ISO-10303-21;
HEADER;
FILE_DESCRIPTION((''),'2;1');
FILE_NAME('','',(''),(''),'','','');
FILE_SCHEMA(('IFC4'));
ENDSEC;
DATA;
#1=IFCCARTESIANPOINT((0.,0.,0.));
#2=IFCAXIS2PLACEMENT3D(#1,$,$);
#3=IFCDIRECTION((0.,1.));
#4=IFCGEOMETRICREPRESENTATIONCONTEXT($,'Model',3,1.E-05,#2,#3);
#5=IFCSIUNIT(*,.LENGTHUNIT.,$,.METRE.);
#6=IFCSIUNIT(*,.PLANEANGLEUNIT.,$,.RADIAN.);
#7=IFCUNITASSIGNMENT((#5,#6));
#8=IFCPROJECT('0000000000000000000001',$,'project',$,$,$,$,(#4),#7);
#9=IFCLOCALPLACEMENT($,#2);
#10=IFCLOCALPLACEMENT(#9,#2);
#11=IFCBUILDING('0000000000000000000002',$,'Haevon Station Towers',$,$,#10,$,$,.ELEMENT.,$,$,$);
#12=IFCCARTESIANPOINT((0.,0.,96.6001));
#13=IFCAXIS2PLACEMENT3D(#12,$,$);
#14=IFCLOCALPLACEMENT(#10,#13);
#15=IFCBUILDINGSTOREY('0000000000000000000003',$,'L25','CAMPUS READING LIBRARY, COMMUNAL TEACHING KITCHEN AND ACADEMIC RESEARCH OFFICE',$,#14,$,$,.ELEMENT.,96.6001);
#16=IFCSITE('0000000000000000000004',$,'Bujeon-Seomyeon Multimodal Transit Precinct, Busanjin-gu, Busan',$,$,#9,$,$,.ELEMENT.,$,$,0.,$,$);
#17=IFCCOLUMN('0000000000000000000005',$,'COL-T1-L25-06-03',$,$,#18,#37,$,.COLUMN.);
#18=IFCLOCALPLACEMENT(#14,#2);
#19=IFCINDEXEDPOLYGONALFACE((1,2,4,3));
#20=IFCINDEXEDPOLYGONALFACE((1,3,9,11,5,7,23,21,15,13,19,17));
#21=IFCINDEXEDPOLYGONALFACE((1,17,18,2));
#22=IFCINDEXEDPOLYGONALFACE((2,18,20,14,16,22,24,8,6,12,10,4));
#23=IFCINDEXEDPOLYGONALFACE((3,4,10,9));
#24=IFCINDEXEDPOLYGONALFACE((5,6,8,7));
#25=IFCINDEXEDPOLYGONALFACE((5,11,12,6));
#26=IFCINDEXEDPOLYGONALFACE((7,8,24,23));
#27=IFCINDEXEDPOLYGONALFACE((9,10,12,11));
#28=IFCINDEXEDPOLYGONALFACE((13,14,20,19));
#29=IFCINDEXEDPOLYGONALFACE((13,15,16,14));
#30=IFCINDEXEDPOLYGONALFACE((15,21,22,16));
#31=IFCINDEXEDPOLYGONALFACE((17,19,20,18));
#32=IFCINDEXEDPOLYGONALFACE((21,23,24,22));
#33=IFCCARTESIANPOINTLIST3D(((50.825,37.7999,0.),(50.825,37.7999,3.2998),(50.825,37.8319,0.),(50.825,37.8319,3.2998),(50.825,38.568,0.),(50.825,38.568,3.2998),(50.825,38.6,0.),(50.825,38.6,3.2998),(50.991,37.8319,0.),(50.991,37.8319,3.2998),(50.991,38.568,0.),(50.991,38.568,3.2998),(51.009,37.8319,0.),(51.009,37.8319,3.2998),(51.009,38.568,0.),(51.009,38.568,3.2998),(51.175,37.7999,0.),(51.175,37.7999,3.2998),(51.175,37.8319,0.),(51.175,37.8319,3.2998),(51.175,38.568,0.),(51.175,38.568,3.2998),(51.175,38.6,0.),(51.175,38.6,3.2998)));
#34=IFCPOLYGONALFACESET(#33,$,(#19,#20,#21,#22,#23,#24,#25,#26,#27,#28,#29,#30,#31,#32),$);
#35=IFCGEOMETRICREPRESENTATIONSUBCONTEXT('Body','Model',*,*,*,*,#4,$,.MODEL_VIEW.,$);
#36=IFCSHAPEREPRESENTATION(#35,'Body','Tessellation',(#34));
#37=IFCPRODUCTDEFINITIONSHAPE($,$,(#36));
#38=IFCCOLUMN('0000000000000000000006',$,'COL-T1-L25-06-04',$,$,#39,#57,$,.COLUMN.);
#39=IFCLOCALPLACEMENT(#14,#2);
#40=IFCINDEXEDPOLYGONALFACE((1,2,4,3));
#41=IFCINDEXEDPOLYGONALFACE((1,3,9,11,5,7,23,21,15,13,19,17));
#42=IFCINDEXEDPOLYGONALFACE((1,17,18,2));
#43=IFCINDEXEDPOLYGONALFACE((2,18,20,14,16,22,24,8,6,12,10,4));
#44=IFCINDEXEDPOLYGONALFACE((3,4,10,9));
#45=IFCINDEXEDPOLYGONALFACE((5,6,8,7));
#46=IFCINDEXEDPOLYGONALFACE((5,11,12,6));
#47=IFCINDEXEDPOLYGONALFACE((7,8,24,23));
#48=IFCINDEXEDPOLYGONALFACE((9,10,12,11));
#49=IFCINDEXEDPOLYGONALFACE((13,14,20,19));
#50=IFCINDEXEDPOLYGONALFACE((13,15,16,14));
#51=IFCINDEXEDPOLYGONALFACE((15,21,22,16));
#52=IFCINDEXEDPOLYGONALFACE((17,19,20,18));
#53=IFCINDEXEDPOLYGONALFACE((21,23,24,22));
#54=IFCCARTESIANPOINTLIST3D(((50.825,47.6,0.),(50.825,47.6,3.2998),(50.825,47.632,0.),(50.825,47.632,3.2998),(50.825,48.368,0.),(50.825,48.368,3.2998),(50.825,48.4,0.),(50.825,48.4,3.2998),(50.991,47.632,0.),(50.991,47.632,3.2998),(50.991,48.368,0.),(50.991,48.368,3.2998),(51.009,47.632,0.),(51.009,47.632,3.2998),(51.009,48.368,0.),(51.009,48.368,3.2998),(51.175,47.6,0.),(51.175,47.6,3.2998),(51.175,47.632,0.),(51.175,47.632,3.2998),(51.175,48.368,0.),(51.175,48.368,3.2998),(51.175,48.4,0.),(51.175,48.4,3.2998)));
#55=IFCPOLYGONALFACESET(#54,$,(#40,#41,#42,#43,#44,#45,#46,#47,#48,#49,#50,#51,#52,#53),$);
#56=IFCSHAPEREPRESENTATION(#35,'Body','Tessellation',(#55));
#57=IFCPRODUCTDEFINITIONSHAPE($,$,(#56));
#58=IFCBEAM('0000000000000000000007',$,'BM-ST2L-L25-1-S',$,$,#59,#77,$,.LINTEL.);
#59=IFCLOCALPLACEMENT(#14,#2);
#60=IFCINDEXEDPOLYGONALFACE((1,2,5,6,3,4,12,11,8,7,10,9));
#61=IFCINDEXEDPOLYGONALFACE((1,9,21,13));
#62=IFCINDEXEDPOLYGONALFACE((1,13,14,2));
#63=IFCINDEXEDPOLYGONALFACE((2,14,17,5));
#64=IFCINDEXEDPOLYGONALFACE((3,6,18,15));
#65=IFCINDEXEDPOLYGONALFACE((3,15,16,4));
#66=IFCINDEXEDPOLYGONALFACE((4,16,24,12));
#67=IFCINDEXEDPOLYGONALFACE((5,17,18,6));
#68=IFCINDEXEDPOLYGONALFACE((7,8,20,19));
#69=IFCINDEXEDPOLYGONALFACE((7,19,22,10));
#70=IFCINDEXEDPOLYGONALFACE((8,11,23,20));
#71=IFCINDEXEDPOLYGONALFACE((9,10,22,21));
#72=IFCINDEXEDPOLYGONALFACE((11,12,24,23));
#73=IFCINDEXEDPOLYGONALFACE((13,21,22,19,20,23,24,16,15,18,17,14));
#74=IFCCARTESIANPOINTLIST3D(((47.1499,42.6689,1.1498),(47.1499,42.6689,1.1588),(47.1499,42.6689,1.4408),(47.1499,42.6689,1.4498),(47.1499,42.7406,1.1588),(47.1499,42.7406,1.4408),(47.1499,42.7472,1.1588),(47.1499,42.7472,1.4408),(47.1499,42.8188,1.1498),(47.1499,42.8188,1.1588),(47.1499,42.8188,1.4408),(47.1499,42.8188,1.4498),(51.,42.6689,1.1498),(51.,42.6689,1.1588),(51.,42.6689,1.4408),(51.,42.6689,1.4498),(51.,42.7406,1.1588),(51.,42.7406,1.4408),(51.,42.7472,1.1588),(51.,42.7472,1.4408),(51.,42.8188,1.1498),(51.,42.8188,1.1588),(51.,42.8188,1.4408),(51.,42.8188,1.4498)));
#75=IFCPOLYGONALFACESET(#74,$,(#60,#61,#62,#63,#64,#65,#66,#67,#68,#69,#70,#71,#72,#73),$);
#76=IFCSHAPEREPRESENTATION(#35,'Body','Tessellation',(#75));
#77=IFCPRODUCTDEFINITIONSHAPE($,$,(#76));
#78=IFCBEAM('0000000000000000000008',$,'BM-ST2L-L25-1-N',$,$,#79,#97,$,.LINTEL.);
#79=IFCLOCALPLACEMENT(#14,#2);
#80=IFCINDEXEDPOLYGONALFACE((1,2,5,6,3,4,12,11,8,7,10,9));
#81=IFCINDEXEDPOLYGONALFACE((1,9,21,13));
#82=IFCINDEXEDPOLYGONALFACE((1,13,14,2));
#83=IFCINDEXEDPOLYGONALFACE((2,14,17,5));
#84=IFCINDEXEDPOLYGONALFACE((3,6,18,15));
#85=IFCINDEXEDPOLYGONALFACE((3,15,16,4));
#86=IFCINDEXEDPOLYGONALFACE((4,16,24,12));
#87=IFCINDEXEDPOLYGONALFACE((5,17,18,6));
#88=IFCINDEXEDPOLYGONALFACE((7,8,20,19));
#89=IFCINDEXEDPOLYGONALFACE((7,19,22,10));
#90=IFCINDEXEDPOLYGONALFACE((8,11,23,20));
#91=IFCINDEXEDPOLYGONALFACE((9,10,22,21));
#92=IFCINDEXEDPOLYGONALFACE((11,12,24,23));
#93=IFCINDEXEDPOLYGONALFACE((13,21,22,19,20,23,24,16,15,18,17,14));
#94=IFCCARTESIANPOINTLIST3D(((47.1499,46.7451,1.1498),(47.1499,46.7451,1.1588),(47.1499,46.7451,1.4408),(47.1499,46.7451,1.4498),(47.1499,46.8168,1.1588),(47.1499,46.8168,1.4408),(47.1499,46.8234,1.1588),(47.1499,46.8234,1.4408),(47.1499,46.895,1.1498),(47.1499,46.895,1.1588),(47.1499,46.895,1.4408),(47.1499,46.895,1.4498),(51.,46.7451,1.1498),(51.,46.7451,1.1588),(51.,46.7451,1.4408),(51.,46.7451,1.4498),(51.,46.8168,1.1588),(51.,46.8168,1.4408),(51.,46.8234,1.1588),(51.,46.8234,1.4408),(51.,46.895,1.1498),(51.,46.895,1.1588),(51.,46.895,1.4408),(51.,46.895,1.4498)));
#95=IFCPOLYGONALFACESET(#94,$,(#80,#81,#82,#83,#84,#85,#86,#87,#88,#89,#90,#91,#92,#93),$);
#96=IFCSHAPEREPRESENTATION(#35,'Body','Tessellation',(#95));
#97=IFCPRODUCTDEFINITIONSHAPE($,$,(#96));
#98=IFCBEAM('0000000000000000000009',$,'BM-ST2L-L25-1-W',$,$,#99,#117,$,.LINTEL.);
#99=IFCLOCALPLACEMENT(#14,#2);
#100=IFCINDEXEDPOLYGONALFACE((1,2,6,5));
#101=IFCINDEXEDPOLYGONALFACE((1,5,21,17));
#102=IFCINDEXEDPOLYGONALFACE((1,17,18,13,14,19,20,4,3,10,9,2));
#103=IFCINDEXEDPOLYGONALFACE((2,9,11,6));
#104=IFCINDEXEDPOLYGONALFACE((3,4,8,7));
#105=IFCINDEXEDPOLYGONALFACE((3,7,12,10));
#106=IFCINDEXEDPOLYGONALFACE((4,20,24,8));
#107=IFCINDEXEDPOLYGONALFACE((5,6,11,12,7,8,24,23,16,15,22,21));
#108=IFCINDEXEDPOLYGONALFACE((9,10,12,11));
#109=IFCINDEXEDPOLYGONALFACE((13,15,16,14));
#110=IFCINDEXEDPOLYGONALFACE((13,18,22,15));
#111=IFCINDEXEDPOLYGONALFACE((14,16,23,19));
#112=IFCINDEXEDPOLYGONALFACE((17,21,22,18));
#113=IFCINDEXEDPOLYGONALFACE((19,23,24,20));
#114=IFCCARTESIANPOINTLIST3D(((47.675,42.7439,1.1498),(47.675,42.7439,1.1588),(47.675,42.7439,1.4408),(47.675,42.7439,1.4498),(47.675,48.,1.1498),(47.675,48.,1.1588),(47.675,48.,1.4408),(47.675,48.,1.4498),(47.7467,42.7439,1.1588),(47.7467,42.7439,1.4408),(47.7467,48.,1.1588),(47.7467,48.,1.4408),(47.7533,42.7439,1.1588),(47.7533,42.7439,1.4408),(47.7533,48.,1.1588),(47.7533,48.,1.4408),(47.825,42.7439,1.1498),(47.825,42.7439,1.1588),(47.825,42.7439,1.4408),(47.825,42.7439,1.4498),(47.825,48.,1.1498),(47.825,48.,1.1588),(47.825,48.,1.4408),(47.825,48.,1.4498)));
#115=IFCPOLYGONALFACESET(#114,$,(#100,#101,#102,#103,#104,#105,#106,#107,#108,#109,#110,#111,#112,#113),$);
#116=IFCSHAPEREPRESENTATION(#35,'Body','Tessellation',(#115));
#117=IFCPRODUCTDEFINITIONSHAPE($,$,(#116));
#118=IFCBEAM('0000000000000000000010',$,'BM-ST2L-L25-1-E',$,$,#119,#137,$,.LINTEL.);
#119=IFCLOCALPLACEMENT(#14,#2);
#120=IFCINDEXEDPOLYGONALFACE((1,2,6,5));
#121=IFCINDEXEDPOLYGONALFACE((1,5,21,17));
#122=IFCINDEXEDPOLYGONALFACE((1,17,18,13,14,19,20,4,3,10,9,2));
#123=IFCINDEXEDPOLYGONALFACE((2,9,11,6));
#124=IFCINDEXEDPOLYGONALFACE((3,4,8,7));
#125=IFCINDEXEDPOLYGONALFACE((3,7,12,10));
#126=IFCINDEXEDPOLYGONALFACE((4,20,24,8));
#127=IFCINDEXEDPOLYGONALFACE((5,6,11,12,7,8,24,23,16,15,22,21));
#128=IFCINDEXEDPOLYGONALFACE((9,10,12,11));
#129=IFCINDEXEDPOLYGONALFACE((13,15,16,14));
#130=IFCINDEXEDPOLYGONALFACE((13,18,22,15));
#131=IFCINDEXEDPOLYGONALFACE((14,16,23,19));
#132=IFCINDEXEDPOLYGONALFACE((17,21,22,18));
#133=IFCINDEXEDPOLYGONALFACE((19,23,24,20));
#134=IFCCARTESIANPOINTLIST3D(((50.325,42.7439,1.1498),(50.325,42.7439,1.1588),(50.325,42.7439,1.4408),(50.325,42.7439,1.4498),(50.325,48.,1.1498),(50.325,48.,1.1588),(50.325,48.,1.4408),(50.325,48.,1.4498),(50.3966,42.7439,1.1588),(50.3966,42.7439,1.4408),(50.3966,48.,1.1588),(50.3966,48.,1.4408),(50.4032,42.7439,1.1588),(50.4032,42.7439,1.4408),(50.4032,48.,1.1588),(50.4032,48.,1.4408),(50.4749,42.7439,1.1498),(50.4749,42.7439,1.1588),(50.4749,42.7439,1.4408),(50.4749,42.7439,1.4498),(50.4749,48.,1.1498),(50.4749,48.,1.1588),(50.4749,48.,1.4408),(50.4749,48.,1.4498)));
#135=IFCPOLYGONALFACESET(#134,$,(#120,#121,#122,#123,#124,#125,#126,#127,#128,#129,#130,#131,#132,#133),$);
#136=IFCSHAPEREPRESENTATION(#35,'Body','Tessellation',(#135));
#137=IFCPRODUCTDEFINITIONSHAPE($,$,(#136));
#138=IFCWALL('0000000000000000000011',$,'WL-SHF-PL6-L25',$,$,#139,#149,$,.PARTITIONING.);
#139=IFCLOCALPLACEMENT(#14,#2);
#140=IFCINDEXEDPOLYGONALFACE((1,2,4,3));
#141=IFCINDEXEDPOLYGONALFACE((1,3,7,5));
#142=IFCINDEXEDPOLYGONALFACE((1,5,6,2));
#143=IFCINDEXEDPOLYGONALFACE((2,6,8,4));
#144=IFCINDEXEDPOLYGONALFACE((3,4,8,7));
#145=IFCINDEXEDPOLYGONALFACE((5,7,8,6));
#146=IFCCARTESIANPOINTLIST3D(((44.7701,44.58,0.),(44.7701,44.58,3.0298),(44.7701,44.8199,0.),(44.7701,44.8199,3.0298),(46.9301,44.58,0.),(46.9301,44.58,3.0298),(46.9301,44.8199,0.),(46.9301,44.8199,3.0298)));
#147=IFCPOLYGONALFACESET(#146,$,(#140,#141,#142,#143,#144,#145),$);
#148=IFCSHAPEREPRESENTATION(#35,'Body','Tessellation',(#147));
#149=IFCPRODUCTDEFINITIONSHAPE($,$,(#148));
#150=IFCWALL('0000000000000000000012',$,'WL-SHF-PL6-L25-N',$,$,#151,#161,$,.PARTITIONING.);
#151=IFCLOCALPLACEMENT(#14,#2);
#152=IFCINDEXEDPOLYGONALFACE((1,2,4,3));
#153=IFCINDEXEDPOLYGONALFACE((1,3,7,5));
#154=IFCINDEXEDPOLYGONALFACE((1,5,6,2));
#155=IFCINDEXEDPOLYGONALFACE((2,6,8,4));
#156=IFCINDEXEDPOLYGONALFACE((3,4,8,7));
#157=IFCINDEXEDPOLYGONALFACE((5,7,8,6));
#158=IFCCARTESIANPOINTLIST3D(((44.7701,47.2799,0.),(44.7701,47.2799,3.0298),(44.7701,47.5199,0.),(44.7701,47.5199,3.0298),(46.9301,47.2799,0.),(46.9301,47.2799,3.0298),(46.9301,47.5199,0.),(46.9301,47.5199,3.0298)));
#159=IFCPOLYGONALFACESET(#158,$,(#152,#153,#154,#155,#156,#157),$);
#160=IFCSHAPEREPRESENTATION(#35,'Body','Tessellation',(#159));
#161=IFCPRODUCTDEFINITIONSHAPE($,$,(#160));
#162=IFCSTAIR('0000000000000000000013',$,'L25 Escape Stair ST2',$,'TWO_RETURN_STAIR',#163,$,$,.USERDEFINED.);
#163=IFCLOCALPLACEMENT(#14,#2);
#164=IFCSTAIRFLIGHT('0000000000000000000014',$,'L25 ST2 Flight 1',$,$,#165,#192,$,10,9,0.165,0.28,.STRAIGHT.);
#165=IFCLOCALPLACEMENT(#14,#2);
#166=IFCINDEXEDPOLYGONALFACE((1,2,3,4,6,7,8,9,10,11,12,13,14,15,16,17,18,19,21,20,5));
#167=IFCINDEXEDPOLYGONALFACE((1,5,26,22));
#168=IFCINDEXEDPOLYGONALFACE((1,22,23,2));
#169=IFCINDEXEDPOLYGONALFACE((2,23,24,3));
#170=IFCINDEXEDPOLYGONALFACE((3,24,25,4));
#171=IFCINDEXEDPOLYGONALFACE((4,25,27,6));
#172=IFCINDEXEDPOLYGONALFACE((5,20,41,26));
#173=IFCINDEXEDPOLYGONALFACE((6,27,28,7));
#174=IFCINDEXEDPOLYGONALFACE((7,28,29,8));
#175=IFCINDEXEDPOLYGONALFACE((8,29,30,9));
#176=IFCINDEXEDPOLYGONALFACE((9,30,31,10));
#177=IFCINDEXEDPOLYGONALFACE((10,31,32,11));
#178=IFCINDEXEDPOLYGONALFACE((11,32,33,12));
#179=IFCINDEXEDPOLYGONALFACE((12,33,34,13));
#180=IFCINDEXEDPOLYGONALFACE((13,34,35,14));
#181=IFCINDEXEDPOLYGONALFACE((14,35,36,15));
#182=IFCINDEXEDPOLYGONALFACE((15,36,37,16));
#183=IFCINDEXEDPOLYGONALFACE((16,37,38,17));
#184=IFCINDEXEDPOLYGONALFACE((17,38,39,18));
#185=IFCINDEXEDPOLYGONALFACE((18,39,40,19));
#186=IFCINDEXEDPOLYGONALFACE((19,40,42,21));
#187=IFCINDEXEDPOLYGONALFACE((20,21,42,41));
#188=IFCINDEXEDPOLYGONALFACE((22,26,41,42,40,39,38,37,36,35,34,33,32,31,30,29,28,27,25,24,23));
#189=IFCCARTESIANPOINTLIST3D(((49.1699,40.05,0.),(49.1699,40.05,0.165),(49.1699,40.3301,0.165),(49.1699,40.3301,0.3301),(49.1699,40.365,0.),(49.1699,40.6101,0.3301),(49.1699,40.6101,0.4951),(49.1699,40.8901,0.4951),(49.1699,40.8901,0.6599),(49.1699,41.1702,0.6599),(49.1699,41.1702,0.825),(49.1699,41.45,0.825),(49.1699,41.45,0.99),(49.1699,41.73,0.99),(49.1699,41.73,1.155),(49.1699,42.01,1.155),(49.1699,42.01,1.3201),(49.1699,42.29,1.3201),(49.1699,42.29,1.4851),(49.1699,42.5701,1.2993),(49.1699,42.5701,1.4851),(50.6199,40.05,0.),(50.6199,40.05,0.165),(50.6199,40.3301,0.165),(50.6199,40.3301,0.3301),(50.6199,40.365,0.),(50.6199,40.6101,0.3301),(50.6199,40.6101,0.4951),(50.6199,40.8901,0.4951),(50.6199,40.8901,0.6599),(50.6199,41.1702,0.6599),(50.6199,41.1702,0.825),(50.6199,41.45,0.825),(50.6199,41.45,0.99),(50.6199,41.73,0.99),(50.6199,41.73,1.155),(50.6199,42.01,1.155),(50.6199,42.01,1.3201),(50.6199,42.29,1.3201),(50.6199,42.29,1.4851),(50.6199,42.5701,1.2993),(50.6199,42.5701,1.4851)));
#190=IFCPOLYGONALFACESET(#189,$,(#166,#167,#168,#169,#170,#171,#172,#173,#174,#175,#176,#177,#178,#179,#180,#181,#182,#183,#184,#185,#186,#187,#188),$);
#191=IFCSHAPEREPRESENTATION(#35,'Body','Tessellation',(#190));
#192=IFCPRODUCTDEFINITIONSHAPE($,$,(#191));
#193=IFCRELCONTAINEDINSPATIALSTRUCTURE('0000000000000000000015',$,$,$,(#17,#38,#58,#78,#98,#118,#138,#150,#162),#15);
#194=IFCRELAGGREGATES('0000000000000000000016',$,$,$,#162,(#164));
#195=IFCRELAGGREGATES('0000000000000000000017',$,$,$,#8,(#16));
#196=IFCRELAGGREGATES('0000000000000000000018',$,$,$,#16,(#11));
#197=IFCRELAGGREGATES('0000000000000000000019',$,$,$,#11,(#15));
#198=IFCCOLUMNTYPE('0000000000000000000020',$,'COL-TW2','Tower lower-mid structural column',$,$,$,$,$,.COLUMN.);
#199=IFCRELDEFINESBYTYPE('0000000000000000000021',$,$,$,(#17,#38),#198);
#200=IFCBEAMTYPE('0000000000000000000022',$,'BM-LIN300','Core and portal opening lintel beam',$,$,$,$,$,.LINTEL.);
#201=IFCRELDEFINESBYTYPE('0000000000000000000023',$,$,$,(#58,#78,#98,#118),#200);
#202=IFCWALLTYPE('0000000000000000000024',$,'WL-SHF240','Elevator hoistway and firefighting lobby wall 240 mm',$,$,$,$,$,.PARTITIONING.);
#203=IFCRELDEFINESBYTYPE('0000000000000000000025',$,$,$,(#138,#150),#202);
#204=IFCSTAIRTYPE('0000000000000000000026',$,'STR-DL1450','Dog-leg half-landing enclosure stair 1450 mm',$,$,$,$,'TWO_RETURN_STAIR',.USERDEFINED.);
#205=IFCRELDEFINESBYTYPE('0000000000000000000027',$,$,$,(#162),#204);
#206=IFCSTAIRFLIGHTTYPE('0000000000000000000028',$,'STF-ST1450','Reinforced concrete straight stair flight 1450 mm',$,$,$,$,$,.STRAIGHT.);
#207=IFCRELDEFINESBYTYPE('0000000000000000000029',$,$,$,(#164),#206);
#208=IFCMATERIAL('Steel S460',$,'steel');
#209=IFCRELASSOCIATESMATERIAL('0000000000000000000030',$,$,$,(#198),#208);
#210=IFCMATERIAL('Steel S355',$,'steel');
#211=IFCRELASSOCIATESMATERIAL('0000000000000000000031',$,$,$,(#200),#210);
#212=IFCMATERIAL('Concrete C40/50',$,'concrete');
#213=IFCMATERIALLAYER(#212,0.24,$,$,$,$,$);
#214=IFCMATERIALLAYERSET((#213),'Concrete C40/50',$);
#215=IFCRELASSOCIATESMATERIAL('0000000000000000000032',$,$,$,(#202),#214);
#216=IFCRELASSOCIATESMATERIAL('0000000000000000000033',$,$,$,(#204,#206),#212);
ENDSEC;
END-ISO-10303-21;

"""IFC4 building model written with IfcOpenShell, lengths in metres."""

from ifc_helpers import new_model, si_unit, direction, frame, frame_2d, origin, origin_2d, place, context, subcontext, project, spatial, polyline, rectangle, i_section, outline, extrude, material, layer, layer_set, material_profile, profile_set, type_object, element, aggregate, save


model = new_model("IFC4")

# Units and contexts
model_context = context("Model", 3, precision=1e-05, world=origin(), true_north=direction((0.0, 1.0)))
body_context = subcontext(model_context, "Body", "Model", "MODEL_VIEW")
ifc_project = project(units=[si_unit("LENGTHUNIT", "METRE"), si_unit("PLANEANGLEUNIT", "RADIAN")], contexts=[model_context])

# Site, building, storey
site_placement = place(None, origin())
site = spatial("IfcSite", under=ifc_project, at=site_placement, Name="Bujeon-Seomyeon Multimodal Transit Precinct, Busanjin-gu, Busan", CompositionType="ELEMENT", RefElevation=0.0)
building_placement = place(site_placement, origin())
building = spatial("IfcBuilding", under=site, at=building_placement, Name="Haevon Station Towers", CompositionType="ELEMENT")
storey_placement = place(building_placement, frame((0.0, 0.0, 96.6001)))
storey = spatial("IfcBuildingStorey", under=building, at=storey_placement, Name="L25", Description="CAMPUS READING LIBRARY, COMMUNAL TEACHING KITCHEN AND ACADEMIC RESEARCH OFFICE", CompositionType="ELEMENT", Elevation=96.6001)

# Columns
ifc_material_1 = material(Name="Steel S460", Category="steel")
ifc_material_profile_1 = material_profile(ifc_material_1, i_section(OverallWidth=0.3501, OverallDepth=0.8, WebThickness=0.0181, FlangeThickness=0.032, at=origin_2d()), Name="H-800x350x18x32")
ifc_profile_set_1 = profile_set([ifc_material_profile_1], Name="Steel S460")
column_type = type_object("IfcColumnType", Name="COL-TW2", Description="Tower lower-mid structural column", PredefinedType="COLUMN", material=ifc_profile_set_1)
for number, where, z_axis, x_axis, name in (
    (1, (51.0, 38.2, 0.0), (0.0, 0.0, 1.0), (1.0, 0.0, 0.0), "COL-T1-L25-06-03"),
    (2, (51.0, 48.0, 0.0), (0.0, 0.0, 1.0), (1.0, 0.0, 0.0), "COL-T1-L25-06-04"),
):
    element("IfcColumn", number, at=place(storey_placement, frame(where, z_axis=z_axis, x_axis=x_axis)), inside=storey, type_object=column_type, Name=name, PredefinedType="COLUMN", context=body_context, shape_type="SweptSolid", body=[
        extrude(i_section(OverallWidth=0.3501, OverallDepth=0.8, WebThickness=0.0181, FlangeThickness=0.032, at=origin_2d()), origin(), (0.0, 0.0, 1.0), 3.2998),
    ])

# Beams
ifc_material_2 = material(Name="Steel S355", Category="steel")
ifc_material_profile_2 = material_profile(ifc_material_2, i_section(OverallWidth=0.1499, OverallDepth=0.3, WebThickness=0.0066, FlangeThickness=0.009, at=origin_2d()), Name="H-300x150x6.5x9")
ifc_profile_set_2 = profile_set([ifc_material_profile_2], Name="Steel S355")
beam_type = type_object("IfcBeamType", Name="BM-LIN300", Description="Core and portal opening lintel beam", PredefinedType="LINTEL", material=ifc_profile_set_2)
for number, where, z_axis, x_axis, name in (
    (3, (47.1499, 42.7439, 1.2998), (1.0, 0.0, 0.0), (0.0, 1.0, 0.0), "BM-ST2L-L25-1-S"),
    (4, (47.1499, 46.8201, 1.2998), (1.0, 0.0, 0.0), (0.0, 1.0, 0.0), "BM-ST2L-L25-1-N"),
):
    element("IfcBeam", number, at=place(storey_placement, frame(where, z_axis=z_axis, x_axis=x_axis)), inside=storey, type_object=beam_type, Name=name, PredefinedType="LINTEL", context=body_context, shape_type="SweptSolid", body=[
        extrude(i_section(OverallWidth=0.1499, OverallDepth=0.3, WebThickness=0.0066, FlangeThickness=0.009, at=origin_2d()), origin(), (0.0, 0.0, 1.0), 3.8501),
    ])
for number, where, z_axis, x_axis, name in (
    (5, (47.75, 42.7439, 1.2998), (0.0, 1.0, 0.0), (-1.0, 0.0, 0.0), "BM-ST2L-L25-1-W"),
    (6, (50.3999, 42.7439, 1.2998), (0.0, 1.0, 0.0), (-1.0, 0.0, 0.0), "BM-ST2L-L25-1-E"),
):
    element("IfcBeam", number, at=place(storey_placement, frame(where, z_axis=z_axis, x_axis=x_axis)), inside=storey, type_object=beam_type, Name=name, PredefinedType="LINTEL", context=body_context, shape_type="SweptSolid", body=[
        extrude(i_section(OverallWidth=0.1499, OverallDepth=0.3, WebThickness=0.0066, FlangeThickness=0.009, at=origin_2d()), origin(), (0.0, 0.0, 1.0), 5.2561),
    ])

# Walls
ifc_material_3 = material(Name="Concrete C40/50", Category="concrete")
ifc_layer = layer(ifc_material_3, 0.24)
ifc_layer_set = layer_set([ifc_layer], Name="Concrete C40/50")
wall_type = type_object("IfcWallType", Name="WL-SHF240", Description="Elevator hoistway and firefighting lobby wall 240 mm", PredefinedType="PARTITIONING", material=ifc_layer_set)
for number, where, z_axis, x_axis, name in (
    (7, (44.77, 44.7, 0.0), (0.0, 0.0, 1.0), (1.0, 0.0, 0.0), "WL-SHF-PL6-L25"),
    (8, (44.77, 47.3999, 0.0), (0.0, 0.0, 1.0), (1.0, 0.0, 0.0), "WL-SHF-PL6-L25-N"),
):
    element("IfcWall", number, at=place(storey_placement, frame(where, z_axis=z_axis, x_axis=x_axis)), inside=storey, type_object=wall_type, Name=name, PredefinedType="PARTITIONING", context=body_context, shape_type="SweptSolid", body=[
        extrude(rectangle(XDim=2.1599, YDim=0.24, at=frame_2d((1.0801, 0.0))), origin(), (0.0, 0.0, 1.0), 3.0298),
    ])

# Stair, stair flight
stair_type = type_object("IfcStairType", Name="STR-DL1450", Description="Dog-leg half-landing enclosure stair 1450 mm", ElementType="TWO_RETURN_STAIR", PredefinedType="USERDEFINED", material=ifc_material_3)
stair_placement = place(storey_placement, origin())
stair = element("IfcStair", 9, at=stair_placement, inside=storey, type_object=stair_type, Name="L25 Escape Stair ST2", ObjectType="TWO_RETURN_STAIR", PredefinedType="USERDEFINED")
stair_flight_type = type_object("IfcStairFlightType", Name="STF-ST1450", Description="Reinforced concrete straight stair flight 1450 mm", PredefinedType="STRAIGHT", material=ifc_material_3)
stair_flight_1_placement = place(storey_placement, frame((49.895, 40.05, 0.0), z_axis=(0.0, 0.0, 1.0), x_axis=(0.0, 1.0, 0.0)))
stair_flight_1 = element("IfcStairFlight", 10, at=stair_flight_1_placement, type_object=stair_flight_type, Name="L25 ST2 Flight 1", NumberOfRisers=10, NumberOfTreads=9, PredefinedType="STRAIGHT", RiserHeight=0.165, TreadLength=0.28, context=body_context, shape_type="SweptSolid", body=[
    extrude(outline(polyline([(0.0, 0.0), (0.0, 0.165), (0.28, 0.165), (0.28, 0.3301), (0.5601, 0.3301), (0.5601, 0.4951), (0.8401, 0.4951), (0.8401, 0.6599), (1.1201, 0.6599), (1.1201, 0.825), (1.3999, 0.825), (1.3999, 0.99), (1.6799, 0.99), (1.6799, 1.155), (1.96, 1.155), (1.96, 1.3201), (2.24, 1.3201), (2.24, 1.4851), (2.52, 1.4851), (2.52, 1.6499), (2.52, 1.2993), (0.3149, 0.0), (0.0, 0.0)])), frame((0.0, 0.7251, 0.0), z_axis=(0.0, -1.0, 0.0), x_axis=(1.0, 0.0, 0.0)), (0.0, 0.0, 1.0), 1.45),
])
aggregate(stair, [stair_flight_1])

save(model, "model.ifc")
